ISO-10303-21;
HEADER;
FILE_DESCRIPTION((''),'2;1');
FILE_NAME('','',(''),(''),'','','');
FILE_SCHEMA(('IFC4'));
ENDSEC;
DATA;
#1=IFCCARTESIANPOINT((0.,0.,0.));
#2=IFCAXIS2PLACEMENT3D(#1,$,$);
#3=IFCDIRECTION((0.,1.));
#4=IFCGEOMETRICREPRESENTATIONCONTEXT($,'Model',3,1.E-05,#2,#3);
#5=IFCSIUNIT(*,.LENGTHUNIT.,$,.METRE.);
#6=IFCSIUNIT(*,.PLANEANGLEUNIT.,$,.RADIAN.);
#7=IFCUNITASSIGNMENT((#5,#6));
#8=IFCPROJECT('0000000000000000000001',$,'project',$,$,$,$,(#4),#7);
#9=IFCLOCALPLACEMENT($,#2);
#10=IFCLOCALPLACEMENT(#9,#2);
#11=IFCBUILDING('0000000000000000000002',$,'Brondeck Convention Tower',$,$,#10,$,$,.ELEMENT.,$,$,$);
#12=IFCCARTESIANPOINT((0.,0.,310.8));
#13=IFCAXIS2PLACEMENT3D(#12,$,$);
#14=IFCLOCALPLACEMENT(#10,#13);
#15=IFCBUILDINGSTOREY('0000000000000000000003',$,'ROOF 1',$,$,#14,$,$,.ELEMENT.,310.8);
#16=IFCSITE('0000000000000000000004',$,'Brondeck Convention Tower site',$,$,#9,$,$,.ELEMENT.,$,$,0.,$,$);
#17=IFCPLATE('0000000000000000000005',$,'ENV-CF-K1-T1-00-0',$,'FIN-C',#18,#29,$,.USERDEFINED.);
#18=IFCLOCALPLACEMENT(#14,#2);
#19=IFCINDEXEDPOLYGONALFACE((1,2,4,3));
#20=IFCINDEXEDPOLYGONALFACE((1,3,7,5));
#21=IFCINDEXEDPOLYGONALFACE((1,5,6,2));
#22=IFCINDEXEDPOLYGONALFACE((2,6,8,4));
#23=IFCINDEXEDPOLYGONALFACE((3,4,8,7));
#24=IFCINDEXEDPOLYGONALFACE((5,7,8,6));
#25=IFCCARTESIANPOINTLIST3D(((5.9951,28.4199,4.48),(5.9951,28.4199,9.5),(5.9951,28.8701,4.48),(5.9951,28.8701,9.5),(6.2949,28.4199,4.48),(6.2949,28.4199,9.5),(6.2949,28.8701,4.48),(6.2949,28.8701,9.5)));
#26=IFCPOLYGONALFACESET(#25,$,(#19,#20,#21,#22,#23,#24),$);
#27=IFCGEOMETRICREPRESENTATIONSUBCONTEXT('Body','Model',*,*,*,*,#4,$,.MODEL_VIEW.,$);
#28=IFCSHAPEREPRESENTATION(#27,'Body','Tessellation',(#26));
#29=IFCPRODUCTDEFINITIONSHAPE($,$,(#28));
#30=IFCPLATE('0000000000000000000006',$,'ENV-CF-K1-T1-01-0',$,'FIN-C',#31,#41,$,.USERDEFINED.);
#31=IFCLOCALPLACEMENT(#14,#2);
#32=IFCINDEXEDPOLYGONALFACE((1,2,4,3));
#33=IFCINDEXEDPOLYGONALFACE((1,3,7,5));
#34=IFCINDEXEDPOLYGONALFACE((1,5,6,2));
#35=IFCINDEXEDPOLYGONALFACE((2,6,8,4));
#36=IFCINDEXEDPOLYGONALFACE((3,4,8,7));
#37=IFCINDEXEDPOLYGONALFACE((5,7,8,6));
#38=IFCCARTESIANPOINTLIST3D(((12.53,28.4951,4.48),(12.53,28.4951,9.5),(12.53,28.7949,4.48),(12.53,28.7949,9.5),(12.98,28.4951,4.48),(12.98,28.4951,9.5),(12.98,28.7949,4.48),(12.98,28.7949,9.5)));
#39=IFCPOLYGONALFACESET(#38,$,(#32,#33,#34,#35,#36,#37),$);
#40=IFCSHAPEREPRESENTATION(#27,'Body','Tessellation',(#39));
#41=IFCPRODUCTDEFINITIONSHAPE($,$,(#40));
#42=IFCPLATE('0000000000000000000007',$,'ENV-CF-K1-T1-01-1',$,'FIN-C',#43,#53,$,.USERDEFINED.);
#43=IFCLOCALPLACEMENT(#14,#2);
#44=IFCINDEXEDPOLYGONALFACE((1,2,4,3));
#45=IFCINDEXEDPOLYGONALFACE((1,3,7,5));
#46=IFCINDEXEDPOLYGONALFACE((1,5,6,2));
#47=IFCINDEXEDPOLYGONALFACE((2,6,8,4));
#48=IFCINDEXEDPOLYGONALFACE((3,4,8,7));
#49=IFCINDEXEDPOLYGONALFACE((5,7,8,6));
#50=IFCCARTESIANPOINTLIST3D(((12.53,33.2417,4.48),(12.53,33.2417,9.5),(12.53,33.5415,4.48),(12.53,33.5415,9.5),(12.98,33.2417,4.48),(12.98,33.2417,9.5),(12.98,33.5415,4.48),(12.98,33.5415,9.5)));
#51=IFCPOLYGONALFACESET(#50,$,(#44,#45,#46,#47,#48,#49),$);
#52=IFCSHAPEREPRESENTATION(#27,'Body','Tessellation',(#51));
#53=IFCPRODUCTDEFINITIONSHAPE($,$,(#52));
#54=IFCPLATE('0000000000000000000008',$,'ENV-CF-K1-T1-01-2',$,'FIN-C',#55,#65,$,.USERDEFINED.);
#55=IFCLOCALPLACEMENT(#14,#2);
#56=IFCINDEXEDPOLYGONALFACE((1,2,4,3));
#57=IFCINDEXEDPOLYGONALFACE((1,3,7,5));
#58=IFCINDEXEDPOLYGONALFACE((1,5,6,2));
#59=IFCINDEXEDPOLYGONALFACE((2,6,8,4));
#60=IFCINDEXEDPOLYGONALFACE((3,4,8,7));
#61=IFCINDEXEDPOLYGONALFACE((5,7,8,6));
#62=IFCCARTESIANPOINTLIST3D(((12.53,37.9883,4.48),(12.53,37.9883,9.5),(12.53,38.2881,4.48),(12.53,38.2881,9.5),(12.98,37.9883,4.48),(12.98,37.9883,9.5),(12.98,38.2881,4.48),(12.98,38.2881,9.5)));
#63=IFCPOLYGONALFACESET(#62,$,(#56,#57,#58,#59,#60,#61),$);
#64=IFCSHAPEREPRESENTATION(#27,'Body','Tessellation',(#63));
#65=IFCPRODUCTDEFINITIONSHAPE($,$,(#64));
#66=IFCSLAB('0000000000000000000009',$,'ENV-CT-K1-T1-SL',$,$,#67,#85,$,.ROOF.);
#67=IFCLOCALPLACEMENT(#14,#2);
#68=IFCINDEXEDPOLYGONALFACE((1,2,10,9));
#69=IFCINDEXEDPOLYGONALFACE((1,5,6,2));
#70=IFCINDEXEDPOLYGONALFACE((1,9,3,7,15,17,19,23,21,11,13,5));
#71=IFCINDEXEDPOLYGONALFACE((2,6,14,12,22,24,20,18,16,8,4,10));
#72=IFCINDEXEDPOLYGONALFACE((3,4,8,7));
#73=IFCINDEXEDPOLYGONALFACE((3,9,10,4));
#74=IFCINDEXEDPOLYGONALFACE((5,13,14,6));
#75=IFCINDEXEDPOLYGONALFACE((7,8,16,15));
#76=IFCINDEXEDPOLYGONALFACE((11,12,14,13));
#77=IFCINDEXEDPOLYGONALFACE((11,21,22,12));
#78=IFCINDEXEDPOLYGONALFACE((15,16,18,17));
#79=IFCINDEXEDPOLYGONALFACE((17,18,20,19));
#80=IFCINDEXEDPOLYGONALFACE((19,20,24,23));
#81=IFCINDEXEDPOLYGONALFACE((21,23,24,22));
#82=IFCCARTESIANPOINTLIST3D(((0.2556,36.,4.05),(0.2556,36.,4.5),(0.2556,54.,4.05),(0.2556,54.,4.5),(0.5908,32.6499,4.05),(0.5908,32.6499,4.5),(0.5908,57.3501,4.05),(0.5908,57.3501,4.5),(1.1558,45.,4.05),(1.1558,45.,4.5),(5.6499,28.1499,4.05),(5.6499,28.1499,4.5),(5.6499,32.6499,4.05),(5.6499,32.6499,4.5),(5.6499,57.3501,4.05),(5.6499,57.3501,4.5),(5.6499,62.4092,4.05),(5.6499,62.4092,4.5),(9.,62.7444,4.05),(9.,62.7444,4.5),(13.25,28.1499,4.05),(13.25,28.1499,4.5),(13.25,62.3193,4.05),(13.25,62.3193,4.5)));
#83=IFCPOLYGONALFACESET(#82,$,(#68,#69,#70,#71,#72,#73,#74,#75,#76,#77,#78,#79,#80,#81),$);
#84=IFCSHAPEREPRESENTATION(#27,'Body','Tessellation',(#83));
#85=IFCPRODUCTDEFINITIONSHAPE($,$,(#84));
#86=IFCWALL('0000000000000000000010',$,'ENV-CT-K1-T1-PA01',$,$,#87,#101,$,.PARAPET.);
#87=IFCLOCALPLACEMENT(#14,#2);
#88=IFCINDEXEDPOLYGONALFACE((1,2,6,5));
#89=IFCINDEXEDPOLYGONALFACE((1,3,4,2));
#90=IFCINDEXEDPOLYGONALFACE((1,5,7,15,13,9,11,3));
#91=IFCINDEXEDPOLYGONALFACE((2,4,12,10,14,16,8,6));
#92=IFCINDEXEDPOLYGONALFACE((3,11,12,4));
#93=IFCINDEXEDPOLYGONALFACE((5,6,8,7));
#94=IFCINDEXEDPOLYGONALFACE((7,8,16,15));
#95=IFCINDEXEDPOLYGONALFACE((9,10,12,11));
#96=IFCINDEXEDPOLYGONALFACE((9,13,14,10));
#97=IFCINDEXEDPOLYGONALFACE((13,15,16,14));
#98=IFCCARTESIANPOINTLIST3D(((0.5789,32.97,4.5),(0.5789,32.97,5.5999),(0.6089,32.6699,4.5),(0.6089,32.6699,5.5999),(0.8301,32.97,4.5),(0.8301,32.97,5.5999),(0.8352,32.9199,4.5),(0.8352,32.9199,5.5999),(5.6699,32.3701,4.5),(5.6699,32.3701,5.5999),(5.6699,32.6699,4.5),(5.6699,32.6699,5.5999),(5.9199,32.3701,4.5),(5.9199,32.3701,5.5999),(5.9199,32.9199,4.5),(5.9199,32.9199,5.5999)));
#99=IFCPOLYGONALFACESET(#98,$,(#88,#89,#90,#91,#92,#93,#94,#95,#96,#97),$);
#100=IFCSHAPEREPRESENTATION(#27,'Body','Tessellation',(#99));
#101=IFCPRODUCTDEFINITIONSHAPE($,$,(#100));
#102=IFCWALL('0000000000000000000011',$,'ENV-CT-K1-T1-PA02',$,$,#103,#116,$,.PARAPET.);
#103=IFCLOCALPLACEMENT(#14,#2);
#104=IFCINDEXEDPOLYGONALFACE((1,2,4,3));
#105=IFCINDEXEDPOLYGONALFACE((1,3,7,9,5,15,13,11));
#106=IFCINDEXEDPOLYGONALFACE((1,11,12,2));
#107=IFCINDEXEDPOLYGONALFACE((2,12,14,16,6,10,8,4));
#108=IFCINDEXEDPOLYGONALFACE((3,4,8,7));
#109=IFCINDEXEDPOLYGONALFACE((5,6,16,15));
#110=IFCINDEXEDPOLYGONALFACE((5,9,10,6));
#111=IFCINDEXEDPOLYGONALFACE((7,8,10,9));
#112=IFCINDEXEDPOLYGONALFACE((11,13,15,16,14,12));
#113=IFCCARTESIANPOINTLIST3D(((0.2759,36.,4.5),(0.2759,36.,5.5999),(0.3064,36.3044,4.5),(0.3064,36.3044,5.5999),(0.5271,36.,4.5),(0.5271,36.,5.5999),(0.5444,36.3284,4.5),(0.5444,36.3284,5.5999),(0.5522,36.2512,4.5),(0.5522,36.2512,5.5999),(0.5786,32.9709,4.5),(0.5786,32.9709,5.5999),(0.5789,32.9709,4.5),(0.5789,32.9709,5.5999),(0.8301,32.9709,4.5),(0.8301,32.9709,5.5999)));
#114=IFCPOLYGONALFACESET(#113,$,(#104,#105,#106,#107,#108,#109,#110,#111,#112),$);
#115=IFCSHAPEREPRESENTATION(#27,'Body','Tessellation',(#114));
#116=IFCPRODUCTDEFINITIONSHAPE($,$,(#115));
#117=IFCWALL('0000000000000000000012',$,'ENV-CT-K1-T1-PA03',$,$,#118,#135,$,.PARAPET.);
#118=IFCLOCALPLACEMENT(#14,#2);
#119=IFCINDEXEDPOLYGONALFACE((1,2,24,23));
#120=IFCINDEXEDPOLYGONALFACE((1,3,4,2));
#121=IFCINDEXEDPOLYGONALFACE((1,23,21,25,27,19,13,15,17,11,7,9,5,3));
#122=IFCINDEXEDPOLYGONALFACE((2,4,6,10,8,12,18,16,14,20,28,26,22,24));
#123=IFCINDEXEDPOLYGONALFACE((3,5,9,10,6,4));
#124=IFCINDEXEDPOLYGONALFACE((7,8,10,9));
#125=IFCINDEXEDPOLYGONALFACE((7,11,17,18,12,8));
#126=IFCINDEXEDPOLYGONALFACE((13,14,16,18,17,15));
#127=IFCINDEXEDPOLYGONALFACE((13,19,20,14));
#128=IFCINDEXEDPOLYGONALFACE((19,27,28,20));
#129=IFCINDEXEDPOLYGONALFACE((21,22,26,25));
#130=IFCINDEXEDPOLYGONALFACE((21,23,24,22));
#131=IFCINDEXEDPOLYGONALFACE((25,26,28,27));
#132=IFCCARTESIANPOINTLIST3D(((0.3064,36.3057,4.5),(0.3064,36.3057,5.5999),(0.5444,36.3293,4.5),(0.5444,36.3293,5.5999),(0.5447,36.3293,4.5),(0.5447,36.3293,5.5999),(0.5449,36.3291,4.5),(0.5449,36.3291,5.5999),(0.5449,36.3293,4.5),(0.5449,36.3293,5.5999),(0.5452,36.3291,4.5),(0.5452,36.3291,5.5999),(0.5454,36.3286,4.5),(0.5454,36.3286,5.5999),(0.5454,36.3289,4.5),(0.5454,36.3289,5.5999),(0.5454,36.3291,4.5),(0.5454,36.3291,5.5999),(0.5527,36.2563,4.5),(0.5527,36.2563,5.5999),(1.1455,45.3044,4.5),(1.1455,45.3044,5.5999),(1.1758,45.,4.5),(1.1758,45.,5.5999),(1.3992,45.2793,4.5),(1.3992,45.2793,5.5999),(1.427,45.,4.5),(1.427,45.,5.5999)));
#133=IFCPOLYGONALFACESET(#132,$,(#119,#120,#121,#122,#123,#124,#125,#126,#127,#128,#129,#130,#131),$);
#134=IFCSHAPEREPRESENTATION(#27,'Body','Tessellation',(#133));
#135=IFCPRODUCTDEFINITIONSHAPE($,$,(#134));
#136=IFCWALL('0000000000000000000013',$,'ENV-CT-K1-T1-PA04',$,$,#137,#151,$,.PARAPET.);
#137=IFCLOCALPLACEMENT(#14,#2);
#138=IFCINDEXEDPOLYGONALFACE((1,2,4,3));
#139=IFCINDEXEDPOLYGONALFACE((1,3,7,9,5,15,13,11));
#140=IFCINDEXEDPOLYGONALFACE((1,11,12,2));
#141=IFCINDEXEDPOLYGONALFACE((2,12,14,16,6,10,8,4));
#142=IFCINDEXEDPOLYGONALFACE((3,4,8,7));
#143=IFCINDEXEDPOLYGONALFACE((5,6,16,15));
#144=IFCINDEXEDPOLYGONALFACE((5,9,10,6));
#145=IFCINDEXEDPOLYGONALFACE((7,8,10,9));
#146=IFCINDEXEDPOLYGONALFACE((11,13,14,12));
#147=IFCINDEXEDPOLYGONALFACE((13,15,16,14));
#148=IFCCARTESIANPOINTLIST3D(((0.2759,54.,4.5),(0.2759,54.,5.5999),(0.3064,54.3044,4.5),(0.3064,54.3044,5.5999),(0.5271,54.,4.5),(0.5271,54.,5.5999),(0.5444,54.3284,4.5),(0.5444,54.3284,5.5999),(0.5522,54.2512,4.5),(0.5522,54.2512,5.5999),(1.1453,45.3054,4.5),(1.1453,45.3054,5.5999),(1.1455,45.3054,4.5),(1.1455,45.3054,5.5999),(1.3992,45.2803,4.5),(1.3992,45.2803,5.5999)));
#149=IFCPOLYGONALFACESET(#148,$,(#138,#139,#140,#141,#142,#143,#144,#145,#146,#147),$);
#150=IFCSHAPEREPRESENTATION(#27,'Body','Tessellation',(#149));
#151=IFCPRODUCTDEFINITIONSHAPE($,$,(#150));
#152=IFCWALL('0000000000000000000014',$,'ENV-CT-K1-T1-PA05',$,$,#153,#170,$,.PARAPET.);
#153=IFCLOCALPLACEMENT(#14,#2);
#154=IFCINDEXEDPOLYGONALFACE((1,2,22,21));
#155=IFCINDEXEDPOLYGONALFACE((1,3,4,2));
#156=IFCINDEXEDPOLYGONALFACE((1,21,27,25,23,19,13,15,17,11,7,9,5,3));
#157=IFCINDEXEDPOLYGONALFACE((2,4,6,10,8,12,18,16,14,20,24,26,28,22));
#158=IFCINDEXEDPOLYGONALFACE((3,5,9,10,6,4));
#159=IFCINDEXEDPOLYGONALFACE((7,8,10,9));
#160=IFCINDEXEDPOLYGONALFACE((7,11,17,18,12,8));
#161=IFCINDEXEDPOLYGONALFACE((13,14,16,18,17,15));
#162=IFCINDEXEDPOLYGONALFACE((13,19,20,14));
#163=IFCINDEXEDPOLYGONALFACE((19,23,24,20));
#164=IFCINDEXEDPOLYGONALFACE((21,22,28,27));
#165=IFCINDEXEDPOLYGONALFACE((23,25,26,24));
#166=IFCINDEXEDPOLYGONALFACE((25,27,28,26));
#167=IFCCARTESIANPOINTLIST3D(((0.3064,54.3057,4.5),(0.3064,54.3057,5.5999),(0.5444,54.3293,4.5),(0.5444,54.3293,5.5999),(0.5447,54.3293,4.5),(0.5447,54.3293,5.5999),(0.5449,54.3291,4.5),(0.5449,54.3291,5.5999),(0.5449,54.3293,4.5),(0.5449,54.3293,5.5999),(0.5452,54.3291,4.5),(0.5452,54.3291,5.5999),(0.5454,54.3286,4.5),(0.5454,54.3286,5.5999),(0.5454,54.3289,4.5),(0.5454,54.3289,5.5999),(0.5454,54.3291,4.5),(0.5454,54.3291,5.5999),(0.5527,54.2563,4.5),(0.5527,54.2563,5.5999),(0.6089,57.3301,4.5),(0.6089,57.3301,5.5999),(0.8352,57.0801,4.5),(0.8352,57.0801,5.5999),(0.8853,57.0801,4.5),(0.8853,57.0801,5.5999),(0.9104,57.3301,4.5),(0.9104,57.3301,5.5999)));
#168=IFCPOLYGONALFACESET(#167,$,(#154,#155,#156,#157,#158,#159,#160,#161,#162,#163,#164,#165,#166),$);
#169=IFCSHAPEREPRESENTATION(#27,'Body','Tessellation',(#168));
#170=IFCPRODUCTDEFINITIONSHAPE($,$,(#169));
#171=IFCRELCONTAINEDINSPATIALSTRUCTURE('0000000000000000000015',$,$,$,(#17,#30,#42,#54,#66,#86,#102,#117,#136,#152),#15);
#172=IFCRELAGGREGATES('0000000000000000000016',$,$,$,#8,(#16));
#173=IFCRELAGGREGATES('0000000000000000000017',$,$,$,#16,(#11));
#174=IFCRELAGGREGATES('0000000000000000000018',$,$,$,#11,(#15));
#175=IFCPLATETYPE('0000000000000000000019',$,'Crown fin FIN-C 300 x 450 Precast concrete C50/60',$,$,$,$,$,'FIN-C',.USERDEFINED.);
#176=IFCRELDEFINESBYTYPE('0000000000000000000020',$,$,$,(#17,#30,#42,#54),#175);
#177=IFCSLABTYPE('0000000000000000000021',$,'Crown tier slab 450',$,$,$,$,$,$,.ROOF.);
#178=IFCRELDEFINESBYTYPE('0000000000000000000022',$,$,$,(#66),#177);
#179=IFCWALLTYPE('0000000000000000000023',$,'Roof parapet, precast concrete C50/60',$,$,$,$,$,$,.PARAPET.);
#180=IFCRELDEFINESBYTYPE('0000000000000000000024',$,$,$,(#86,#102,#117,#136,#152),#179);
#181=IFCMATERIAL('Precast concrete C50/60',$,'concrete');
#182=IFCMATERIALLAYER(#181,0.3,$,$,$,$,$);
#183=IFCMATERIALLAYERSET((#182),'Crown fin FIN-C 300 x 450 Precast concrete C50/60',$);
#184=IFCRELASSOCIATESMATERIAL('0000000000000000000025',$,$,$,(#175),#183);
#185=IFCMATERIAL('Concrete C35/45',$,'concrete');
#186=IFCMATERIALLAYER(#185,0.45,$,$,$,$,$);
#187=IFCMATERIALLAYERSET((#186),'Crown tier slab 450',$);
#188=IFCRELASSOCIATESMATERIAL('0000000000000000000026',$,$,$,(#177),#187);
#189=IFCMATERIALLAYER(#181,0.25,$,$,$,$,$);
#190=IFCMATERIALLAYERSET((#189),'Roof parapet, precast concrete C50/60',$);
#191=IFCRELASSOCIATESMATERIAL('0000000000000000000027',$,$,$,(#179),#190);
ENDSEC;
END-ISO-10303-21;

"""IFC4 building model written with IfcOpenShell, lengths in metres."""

from ifc_helpers import new_model, si_unit, direction, frame, origin, place, context, subcontext, project, spatial, polyline, outline, extrude, material, layer, layer_set, type_object, element, save


model = new_model("IFC4")

# Units and contexts
model_context = context("Model", 3, precision=1e-05, world=origin(), true_north=direction((0.0, 1.0)))
body_context = subcontext(model_context, "Body", "Model", "MODEL_VIEW")
ifc_project = project(units=[si_unit("LENGTHUNIT", "METRE"), si_unit("PLANEANGLEUNIT", "RADIAN")], contexts=[model_context])

# Site, building, storey
site_placement = place(None, origin())
site = spatial("IfcSite", under=ifc_project, at=site_placement, Name="Brondeck Convention Tower site", CompositionType="ELEMENT", RefElevation=0.0)
building_placement = place(site_placement, origin())
building = spatial("IfcBuilding", under=site, at=building_placement, Name="Brondeck Convention Tower", CompositionType="ELEMENT")
storey_placement = place(building_placement, frame((0.0, 0.0, 310.8)))
storey = spatial("IfcBuildingStorey", under=building, at=storey_placement, Name="ROOF 1", CompositionType="ELEMENT", Elevation=310.8)

# Plates
ifc_material_1 = material(Name="Precast concrete C50/60", Category="concrete")
ifc_layer_1 = layer(ifc_material_1, 0.3)
ifc_layer_set_1 = layer_set([ifc_layer_1], Name="Crown fin FIN-C 300 x 450 Precast concrete C50/60")
plate_type = type_object("IfcPlateType", Name="Crown fin FIN-C 300 x 450 Precast concrete C50/60", ElementType="FIN-C", PredefinedType="USERDEFINED", material=ifc_layer_set_1)
plate_1_placement = place(storey_placement, frame((0.0, 0.0, 4.48)))
element("IfcPlate", 1, at=plate_1_placement, inside=storey, type_object=plate_type, Name="ENV-CF-K1-T1-00-0", ObjectType="FIN-C", PredefinedType="USERDEFINED", context=body_context, shape_type="SweptSolid", body=[
    extrude(outline(polyline([(6.2949, 28.8701), (5.9951, 28.8701), (5.9951, 28.4199), (6.2949, 28.4199), (6.2949, 28.8701)])), origin(), (0.0, 0.0, 1.0), 5.02),
])
plate_2_placement = place(storey_placement, frame((0.0, 0.0, 4.48)))
element("IfcPlate", 2, at=plate_2_placement, inside=storey, type_object=plate_type, Name="ENV-CF-K1-T1-01-0", ObjectType="FIN-C", PredefinedType="USERDEFINED", context=body_context, shape_type="SweptSolid", body=[
    extrude(outline(polyline([(12.53, 28.7949), (12.53, 28.4951), (12.98, 28.4951), (12.98, 28.7949), (12.53, 28.7949)])), origin(), (0.0, 0.0, 1.0), 5.02),
])
plate_3_placement = place(storey_placement, frame((0.0, 0.0, 4.48)))
element("IfcPlate", 3, at=plate_3_placement, inside=storey, type_object=plate_type, Name="ENV-CF-K1-T1-01-1", ObjectType="FIN-C", PredefinedType="USERDEFINED", context=body_context, shape_type="SweptSolid", body=[
    extrude(outline(polyline([(12.53, 33.5415), (12.53, 33.2417), (12.98, 33.2417), (12.98, 33.5415), (12.53, 33.5415)])), origin(), (0.0, 0.0, 1.0), 5.02),
])
plate_4_placement = place(storey_placement, frame((0.0, 0.0, 4.48)))
element("IfcPlate", 4, at=plate_4_placement, inside=storey, type_object=plate_type, Name="ENV-CF-K1-T1-01-2", ObjectType="FIN-C", PredefinedType="USERDEFINED", context=body_context, shape_type="SweptSolid", body=[
    extrude(outline(polyline([(12.53, 38.2881), (12.53, 37.9883), (12.98, 37.9883), (12.98, 38.2881), (12.53, 38.2881)])), origin(), (0.0, 0.0, 1.0), 5.02),
])

# Slab
ifc_material_2 = material(Name="Concrete C35/45", Category="concrete")
ifc_layer_2 = layer(ifc_material_2, 0.45)
ifc_layer_set_2 = layer_set([ifc_layer_2], Name="Crown tier slab 450")
slab_type = type_object("IfcSlabType", Name="Crown tier slab 450", PredefinedType="ROOF", material=ifc_layer_set_2)
slab_placement = place(storey_placement, frame((0.0, 0.0, 4.05)))
element("IfcSlab", 5, at=slab_placement, inside=storey, type_object=slab_type, Name="ENV-CT-K1-T1-SL", PredefinedType="ROOF", context=body_context, shape_type="SweptSolid", body=[
    extrude(outline(polyline([(5.6499, 28.1499), (13.25, 28.1499), (13.25, 62.3193), (9.0, 62.7444), (5.6499, 62.4092), (5.6499, 57.3501), (0.5908, 57.3501), (0.2556, 54.0), (1.1558, 45.0), (0.2556, 36.0), (0.5908, 32.6499), (5.6499, 32.6499), (5.6499, 28.1499)])), origin(), (0.0, 0.0, 1.0), 0.45),
])

# Walls
ifc_layer_3 = layer(ifc_material_1, 0.25)
ifc_layer_set_3 = layer_set([ifc_layer_3], Name="Roof parapet, precast concrete C50/60")
wall_type = type_object("IfcWallType", Name="Roof parapet, precast concrete C50/60", PredefinedType="PARAPET", material=ifc_layer_set_3)
wall_1_placement = place(storey_placement, frame((0.0, 0.0, 4.5)))
element("IfcWall", 6, at=wall_1_placement, inside=storey, type_object=wall_type, Name="ENV-CT-K1-T1-PA01", PredefinedType="PARAPET", context=body_context, shape_type="SweptSolid", body=[
    extrude(outline(polyline([(0.8301, 32.97), (0.5789, 32.97), (0.6089, 32.6699), (5.6699, 32.6699), (5.6699, 32.3701), (5.9199, 32.3701), (5.9199, 32.9199), (0.8352, 32.9199), (0.8301, 32.97)])), origin(), (0.0, 0.0, 1.0), 1.0999),
])
wall_2_placement = place(storey_placement, frame((0.0, 0.0, 4.5)))
element("IfcWall", 7, at=wall_2_placement, inside=storey, type_object=wall_type, Name="ENV-CT-K1-T1-PA02", PredefinedType="PARAPET", context=body_context, shape_type="SweptSolid", body=[
    extrude(outline(polyline([(0.5522, 36.2512), (0.5444, 36.3284), (0.3064, 36.3044), (0.2759, 36.0), (0.5786, 32.9709), (0.5786, 32.9709), (0.5789, 32.9709), (0.8301, 32.9709), (0.5271, 36.0), (0.5522, 36.2512)])), origin(), (0.0, 0.0, 1.0), 1.0999),
])
wall_3_placement = place(storey_placement, frame((0.0, 0.0, 4.5)))
element("IfcWall", 8, at=wall_3_placement, inside=storey, type_object=wall_type, Name="ENV-CT-K1-T1-PA03", PredefinedType="PARAPET", context=body_context, shape_type="SweptSolid", body=[
    extrude(outline(polyline([(1.427, 45.0), (1.3992, 45.2793), (1.1455, 45.3044), (1.1758, 45.0), (0.3064, 36.3057), (0.5444, 36.3293), (0.5444, 36.3293), (0.5447, 36.3293), (0.5447, 36.3293), (0.5449, 36.3293), (0.5449, 36.3293), (0.5449, 36.3291), (0.5449, 36.3291), (0.5452, 36.3291), (0.5452, 36.3291), (0.5454, 36.3291), (0.5454, 36.3289), (0.5454, 36.3289), (0.5454, 36.3286), (0.5454, 36.3286), (0.5454, 36.3286), (0.5454, 36.3286), (0.5527, 36.2563), (1.427, 45.0)])), origin(), (0.0, 0.0, 1.0), 1.0999),
])
wall_4_placement = place(storey_placement, frame((0.0, 0.0, 4.5)))
element("IfcWall", 9, at=wall_4_placement, inside=storey, type_object=wall_type, Name="ENV-CT-K1-T1-PA04", PredefinedType="PARAPET", context=body_context, shape_type="SweptSolid", body=[
    extrude(outline(polyline([(0.5522, 54.2512), (0.5444, 54.3284), (0.3064, 54.3044), (0.2759, 54.0), (1.1453, 45.3054), (1.1453, 45.3054), (1.1455, 45.3054), (1.1455, 45.3054), (1.3992, 45.2803), (0.5271, 54.0), (0.5522, 54.2512)])), origin(), (0.0, 0.0, 1.0), 1.0999),
])
wall_5_placement = place(storey_placement, frame((0.0, 0.0, 4.5)))
element("IfcWall", 10, at=wall_5_placement, inside=storey, type_object=wall_type, Name="ENV-CT-K1-T1-PA05", PredefinedType="PARAPET", context=body_context, shape_type="SweptSolid", body=[
    extrude(outline(polyline([(0.8352, 57.0801), (0.8853, 57.0801), (0.9104, 57.3301), (0.6089, 57.3301), (0.3064, 54.3057), (0.5444, 54.3293), (0.5444, 54.3293), (0.5447, 54.3293), (0.5447, 54.3293), (0.5449, 54.3293), (0.5449, 54.3293), (0.5449, 54.3291), (0.5449, 54.3291), (0.5452, 54.3291), (0.5452, 54.3291), (0.5454, 54.3291), (0.5454, 54.3289), (0.5454, 54.3289), (0.5454, 54.3286), (0.5454, 54.3286), (0.5454, 54.3286), (0.5454, 54.3286), (0.5527, 54.2563), (0.8352, 57.0801)])), origin(), (0.0, 0.0, 1.0), 1.0999),
])

save(model, "model.ifc")
